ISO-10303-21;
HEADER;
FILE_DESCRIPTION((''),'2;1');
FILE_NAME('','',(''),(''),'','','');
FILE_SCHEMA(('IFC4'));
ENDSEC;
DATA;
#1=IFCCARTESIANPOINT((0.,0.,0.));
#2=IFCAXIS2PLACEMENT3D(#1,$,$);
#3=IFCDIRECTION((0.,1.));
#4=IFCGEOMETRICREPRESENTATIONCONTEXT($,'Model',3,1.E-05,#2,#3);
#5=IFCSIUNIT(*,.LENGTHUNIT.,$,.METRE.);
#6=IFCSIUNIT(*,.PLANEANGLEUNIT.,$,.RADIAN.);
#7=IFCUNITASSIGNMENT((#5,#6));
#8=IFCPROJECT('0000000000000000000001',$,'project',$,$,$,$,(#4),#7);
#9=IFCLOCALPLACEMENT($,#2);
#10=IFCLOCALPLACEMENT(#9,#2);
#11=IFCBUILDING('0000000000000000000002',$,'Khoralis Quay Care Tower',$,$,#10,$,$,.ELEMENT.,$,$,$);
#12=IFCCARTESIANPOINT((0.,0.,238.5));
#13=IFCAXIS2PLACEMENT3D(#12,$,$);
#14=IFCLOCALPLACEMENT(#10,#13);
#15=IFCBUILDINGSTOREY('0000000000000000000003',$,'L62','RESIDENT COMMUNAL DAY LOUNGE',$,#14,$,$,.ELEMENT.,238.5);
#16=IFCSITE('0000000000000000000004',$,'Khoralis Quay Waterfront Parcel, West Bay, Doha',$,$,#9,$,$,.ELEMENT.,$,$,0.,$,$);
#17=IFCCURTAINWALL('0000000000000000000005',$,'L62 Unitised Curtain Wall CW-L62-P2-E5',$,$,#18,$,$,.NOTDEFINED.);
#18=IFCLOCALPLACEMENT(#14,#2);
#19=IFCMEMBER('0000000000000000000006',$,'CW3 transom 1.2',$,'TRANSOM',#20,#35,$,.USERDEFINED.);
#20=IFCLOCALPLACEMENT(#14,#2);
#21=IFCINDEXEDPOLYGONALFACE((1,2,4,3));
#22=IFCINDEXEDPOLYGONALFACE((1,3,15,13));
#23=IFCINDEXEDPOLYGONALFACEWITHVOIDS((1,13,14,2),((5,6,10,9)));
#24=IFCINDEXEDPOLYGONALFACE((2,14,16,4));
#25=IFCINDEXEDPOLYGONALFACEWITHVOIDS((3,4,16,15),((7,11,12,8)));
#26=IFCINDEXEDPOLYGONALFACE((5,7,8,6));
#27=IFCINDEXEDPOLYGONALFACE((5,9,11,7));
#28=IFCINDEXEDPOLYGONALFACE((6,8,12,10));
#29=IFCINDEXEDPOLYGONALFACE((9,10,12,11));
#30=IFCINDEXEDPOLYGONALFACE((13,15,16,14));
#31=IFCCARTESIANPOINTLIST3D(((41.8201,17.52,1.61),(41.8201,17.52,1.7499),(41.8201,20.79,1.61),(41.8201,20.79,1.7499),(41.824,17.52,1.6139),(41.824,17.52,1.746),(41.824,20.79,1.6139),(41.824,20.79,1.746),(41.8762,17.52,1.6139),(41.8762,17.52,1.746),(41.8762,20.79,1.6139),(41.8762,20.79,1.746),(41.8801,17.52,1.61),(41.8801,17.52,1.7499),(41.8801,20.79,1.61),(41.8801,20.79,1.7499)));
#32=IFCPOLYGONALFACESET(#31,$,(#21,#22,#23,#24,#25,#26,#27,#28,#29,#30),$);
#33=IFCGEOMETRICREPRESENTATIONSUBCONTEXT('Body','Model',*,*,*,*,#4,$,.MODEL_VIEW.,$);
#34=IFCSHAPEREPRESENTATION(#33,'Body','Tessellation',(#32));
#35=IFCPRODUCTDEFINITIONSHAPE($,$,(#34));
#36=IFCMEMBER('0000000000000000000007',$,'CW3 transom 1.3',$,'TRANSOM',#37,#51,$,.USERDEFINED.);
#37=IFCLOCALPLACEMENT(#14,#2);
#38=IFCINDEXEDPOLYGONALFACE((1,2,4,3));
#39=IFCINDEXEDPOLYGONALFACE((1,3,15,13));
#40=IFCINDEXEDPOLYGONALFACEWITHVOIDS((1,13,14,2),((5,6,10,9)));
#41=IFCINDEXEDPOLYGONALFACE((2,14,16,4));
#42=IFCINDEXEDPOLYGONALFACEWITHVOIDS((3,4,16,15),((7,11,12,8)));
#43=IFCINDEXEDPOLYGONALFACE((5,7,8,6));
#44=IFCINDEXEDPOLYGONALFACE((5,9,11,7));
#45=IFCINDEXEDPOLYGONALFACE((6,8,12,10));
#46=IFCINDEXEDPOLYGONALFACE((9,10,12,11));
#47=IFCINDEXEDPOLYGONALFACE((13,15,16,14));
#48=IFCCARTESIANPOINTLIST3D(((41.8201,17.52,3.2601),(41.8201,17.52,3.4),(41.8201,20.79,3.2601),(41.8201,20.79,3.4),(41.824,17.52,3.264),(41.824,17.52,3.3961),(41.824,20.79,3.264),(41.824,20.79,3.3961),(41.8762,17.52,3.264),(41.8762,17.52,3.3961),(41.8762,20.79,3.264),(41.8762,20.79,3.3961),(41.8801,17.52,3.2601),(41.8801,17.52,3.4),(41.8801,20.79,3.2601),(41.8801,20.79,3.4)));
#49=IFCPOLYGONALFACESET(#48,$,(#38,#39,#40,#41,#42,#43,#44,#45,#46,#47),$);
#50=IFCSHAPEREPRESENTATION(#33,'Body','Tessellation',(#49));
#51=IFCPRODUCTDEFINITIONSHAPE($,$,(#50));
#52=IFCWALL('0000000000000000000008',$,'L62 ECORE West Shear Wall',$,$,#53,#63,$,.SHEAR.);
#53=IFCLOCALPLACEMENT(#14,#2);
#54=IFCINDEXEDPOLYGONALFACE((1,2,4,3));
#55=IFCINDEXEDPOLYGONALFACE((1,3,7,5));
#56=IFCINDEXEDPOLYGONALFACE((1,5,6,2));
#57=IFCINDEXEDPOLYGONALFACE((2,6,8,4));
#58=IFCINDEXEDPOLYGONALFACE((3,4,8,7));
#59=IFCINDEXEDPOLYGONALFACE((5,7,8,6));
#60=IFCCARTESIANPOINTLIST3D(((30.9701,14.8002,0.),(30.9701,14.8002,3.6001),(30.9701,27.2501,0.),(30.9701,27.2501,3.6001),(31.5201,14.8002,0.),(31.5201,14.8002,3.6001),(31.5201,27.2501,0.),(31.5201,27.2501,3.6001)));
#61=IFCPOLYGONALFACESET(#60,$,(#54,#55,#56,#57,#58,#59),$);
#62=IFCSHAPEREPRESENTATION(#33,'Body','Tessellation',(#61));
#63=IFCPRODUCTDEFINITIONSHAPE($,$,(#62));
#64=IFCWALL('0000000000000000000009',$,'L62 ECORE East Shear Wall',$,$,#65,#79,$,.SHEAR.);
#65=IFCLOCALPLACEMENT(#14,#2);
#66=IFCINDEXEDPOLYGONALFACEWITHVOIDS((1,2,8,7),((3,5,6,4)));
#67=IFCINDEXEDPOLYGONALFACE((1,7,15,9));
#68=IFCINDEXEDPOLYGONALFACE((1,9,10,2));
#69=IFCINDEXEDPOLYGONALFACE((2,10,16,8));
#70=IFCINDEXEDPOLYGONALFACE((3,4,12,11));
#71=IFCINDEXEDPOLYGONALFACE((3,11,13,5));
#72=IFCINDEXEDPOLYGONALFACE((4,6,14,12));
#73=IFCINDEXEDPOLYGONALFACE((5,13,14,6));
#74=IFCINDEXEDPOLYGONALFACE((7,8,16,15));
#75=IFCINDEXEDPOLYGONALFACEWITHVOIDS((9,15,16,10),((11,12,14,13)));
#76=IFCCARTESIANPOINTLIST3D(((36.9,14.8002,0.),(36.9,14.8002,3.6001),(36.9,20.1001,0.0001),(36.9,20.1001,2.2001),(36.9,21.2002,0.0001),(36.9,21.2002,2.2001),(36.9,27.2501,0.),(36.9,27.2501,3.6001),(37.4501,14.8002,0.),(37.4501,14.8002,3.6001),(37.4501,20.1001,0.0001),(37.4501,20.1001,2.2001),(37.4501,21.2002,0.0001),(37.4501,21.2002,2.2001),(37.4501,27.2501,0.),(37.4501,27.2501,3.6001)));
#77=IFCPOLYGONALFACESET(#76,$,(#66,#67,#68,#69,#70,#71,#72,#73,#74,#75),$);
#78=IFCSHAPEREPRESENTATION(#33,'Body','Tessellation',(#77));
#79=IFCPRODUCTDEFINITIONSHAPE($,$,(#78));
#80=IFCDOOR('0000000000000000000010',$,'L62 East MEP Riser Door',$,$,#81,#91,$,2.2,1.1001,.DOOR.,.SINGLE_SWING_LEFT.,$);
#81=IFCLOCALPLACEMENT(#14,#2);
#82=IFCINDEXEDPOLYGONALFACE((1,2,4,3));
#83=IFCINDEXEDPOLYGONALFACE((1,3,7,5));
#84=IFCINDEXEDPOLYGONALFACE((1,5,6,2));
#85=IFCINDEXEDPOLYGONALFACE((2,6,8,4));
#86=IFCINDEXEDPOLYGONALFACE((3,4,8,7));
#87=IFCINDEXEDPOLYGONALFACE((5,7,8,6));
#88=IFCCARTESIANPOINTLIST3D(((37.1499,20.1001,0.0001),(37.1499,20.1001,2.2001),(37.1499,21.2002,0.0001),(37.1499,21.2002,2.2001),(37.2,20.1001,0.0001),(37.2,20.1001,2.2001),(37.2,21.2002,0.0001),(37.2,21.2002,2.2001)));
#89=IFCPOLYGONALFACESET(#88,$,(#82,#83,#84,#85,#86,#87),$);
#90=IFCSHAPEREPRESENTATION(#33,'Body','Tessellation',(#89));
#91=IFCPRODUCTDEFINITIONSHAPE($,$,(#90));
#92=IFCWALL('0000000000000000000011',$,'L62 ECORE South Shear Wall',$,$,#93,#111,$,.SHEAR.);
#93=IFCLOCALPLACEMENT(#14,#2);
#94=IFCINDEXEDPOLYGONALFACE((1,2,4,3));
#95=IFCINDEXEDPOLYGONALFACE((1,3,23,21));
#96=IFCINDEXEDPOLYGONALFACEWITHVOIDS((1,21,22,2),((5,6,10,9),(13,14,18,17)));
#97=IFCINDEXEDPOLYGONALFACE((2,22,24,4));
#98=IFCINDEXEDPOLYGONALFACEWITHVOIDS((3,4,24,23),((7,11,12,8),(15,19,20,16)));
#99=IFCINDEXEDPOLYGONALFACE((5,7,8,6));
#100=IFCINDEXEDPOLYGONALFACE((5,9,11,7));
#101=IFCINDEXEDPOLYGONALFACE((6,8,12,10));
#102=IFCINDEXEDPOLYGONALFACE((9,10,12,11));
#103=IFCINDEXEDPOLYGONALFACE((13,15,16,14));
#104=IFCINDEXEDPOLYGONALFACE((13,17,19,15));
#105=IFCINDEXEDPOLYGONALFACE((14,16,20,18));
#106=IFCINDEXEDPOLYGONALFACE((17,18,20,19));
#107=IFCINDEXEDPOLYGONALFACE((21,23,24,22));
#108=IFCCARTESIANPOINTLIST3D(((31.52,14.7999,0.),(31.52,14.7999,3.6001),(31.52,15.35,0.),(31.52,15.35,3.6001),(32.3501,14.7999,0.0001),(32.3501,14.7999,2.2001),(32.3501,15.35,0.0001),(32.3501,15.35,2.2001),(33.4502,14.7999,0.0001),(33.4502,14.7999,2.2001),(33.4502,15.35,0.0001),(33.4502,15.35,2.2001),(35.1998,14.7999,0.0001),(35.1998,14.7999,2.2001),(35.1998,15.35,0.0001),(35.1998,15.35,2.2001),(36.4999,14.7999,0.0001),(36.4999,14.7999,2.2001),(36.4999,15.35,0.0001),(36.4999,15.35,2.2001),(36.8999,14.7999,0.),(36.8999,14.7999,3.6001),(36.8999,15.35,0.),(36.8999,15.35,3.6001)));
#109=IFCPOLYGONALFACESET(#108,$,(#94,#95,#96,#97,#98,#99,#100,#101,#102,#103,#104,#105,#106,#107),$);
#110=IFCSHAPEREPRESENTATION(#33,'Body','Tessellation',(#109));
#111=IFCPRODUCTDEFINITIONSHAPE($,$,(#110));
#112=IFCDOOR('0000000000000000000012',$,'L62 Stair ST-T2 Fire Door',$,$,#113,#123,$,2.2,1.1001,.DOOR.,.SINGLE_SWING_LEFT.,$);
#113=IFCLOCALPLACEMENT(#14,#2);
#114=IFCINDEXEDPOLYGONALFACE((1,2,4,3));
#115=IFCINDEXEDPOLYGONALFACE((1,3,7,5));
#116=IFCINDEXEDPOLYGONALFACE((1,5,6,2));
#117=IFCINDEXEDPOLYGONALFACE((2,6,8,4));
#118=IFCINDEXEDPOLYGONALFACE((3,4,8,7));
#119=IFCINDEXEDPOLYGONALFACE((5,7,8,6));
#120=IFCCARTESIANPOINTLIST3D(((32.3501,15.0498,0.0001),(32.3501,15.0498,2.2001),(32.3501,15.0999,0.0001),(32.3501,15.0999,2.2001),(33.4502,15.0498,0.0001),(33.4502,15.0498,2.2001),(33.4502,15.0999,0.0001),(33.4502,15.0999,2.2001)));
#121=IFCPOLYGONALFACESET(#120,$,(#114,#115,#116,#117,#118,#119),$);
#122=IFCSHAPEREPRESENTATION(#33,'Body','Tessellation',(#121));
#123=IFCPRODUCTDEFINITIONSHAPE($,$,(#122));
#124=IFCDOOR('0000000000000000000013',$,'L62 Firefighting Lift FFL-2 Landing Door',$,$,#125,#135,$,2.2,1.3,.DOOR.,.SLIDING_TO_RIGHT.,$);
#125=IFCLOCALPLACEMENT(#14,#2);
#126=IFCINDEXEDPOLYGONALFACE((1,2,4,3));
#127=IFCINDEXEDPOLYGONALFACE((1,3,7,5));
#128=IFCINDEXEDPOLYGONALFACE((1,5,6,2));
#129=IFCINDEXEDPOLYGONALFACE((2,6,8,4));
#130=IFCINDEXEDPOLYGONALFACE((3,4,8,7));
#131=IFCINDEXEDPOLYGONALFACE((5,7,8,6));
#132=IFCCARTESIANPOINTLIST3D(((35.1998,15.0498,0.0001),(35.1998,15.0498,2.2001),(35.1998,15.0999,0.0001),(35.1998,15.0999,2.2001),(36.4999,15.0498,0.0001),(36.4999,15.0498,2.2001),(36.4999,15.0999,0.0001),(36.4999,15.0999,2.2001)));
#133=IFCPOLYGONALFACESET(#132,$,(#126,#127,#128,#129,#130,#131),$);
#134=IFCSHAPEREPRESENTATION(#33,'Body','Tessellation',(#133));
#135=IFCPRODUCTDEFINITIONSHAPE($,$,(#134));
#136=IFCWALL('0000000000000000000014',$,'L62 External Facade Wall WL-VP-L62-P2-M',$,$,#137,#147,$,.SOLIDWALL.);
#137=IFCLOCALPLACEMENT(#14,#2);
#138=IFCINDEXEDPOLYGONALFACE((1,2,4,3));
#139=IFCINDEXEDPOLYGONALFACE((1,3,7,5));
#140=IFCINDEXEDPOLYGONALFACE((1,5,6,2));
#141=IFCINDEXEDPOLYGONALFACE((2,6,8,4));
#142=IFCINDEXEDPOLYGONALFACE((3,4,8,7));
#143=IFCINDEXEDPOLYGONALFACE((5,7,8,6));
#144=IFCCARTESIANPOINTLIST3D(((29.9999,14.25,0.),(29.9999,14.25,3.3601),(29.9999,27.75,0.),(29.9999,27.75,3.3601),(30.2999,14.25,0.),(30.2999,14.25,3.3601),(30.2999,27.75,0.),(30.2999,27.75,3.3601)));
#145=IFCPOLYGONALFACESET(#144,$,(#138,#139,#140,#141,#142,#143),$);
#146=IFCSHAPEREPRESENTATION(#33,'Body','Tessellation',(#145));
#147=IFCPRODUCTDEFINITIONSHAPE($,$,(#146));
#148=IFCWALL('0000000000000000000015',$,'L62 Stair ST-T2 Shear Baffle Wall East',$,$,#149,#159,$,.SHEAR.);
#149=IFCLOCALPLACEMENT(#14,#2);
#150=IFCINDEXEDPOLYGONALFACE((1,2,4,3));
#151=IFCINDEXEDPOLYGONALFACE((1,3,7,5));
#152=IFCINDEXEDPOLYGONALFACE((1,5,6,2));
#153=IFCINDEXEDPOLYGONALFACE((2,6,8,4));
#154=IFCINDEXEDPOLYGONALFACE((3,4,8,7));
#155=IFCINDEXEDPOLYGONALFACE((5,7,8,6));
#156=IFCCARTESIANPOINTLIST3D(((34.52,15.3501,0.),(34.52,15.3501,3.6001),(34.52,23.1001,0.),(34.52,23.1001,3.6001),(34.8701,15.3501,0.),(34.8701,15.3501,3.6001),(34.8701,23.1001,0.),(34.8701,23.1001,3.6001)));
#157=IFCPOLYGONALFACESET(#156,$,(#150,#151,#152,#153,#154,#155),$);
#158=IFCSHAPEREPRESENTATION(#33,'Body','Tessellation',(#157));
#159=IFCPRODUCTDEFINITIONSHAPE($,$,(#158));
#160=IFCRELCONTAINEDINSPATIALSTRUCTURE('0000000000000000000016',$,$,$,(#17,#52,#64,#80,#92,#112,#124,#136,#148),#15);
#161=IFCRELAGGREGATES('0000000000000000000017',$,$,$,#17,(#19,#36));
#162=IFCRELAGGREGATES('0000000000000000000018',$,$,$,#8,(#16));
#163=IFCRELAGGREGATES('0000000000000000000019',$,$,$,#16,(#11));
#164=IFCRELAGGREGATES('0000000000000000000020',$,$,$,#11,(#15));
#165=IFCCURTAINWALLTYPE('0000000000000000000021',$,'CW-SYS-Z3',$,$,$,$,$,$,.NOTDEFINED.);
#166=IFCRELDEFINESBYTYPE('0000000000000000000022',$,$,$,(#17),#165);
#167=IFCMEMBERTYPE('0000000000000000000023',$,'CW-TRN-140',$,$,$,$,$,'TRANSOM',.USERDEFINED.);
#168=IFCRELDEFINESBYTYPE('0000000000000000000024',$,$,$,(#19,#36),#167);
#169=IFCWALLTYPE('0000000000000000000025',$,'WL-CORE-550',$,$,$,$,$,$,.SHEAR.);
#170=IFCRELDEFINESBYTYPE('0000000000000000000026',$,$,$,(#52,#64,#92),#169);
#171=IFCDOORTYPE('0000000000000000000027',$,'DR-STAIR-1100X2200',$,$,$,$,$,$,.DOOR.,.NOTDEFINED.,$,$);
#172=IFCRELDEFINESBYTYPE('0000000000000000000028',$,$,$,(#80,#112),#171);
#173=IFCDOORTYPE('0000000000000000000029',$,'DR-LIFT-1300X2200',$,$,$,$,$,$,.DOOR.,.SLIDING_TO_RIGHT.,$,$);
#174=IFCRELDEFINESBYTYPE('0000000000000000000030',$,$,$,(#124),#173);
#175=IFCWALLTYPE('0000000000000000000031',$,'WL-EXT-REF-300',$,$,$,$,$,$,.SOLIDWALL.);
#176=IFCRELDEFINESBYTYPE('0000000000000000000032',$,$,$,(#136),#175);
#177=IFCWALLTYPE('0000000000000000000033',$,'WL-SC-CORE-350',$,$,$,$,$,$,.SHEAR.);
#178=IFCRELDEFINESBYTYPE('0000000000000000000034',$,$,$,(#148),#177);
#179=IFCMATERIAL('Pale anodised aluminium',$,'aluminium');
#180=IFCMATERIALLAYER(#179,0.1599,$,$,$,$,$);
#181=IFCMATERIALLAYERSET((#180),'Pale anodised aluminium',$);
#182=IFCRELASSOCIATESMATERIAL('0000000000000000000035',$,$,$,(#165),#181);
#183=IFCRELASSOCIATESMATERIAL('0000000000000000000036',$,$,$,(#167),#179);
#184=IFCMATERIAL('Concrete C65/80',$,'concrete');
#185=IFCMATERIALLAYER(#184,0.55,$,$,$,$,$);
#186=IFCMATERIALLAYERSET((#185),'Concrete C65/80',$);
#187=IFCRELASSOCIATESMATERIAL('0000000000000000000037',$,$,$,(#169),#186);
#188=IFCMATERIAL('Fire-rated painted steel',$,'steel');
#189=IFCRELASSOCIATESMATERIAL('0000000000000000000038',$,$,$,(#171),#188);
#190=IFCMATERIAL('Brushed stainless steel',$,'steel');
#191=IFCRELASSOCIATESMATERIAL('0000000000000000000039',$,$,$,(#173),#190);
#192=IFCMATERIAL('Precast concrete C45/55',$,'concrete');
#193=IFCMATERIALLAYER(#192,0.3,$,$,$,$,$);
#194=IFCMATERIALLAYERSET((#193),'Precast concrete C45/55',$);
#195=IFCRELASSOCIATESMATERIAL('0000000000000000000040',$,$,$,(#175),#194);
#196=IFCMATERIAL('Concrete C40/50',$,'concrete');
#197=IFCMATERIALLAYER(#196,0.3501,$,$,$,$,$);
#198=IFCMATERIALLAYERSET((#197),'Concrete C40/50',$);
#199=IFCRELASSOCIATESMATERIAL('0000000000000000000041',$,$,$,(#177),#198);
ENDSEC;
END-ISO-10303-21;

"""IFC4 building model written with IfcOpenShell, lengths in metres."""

from ifc_helpers import new_model, si_unit, direction, frame, frame_2d, origin, origin_2d, place, context, subcontext, project, spatial, rectangle, hollow_rectangle, extrude, source, transform, mapped, material, layer, layer_set, material_profile, profile_set, type_object, element, fill, aggregate, save


model = new_model("IFC4")

# Units and contexts
model_context = context("Model", 3, precision=1e-05, world=origin(), true_north=direction((0.0, 1.0)))
body_context = subcontext(model_context, "Body", "Model", "MODEL_VIEW")
ifc_project = project(units=[si_unit("LENGTHUNIT", "METRE"), si_unit("PLANEANGLEUNIT", "RADIAN")], contexts=[model_context])

# Site, building, storey
site_placement = place(None, origin())
site = spatial("IfcSite", under=ifc_project, at=site_placement, Name="Khoralis Quay Waterfront Parcel, West Bay, Doha", CompositionType="ELEMENT", RefElevation=0.0)
building_placement = place(site_placement, origin())
building = spatial("IfcBuilding", under=site, at=building_placement, Name="Khoralis Quay Care Tower", CompositionType="ELEMENT")
storey_placement = place(building_placement, frame((0.0, 0.0, 238.5)))
storey = spatial("IfcBuildingStorey", under=building, at=storey_placement, Name="L62", Description="RESIDENT COMMUNAL DAY LOUNGE", CompositionType="ELEMENT", Elevation=238.5)

# Shared definitions
ifc_material_1 = material(Name="Pale anodised aluminium", Category="aluminium")

# Curtain wall, members
ifc_layer_1 = layer(ifc_material_1, 0.1599)
ifc_layer_set_1 = layer_set([ifc_layer_1], Name="Pale anodised aluminium")
curtain_wall_type_1 = type_object("IfcCurtainWallType", Name="CW-SYS-Z3", PredefinedType="NOTDEFINED", material=ifc_layer_set_1)
curtain_wall_1_placement = place(storey_placement, origin())
curtain_wall_1 = element("IfcCurtainWall", 1, at=curtain_wall_1_placement, inside=storey, type_object=curtain_wall_type_1, Name="L62 Unitised Curtain Wall CW-L62-P2-E5", PredefinedType="NOTDEFINED")
ifc_material_profile_1 = material_profile(ifc_material_1, hollow_rectangle(XDim=0.0601, YDim=0.1399, WallThickness=0.0039, at=origin_2d()), Name="Pale anodised aluminium")
ifc_profile_set_1 = profile_set([ifc_material_profile_1], Name="Pale anodised aluminium")
member_type_1 = type_object("IfcMemberType", Name="CW-TRN-140", ElementType="TRANSOM", PredefinedType="USERDEFINED", material=ifc_profile_set_1)
shared_shape_1 = source(origin(), body_context, "Body", "SweptSolid", [
    extrude(hollow_rectangle(XDim=0.0601, YDim=0.1399, WallThickness=0.0039, at=origin_2d()), origin(), (0.0, 0.0, 1.0), 3.27),
])
member_1_placement = place(storey_placement, frame((41.8501, 17.52, 1.6799), z_axis=(0.0, 1.0, 0.0), x_axis=(-1.0, 0.0, 0.0)))
member_1 = element("IfcMember", 2, at=member_1_placement, type_object=member_type_1, Name="CW3 transom 1.2", ObjectType="TRANSOM", PredefinedType="USERDEFINED", context=body_context, shape_type="MappedRepresentation", body=[
    mapped(shared_shape_1, transform((0.0, 0.0, 0.0), scale=1.0)),
])
member_2_placement = place(storey_placement, frame((41.8501, 17.52, 3.3301), z_axis=(0.0, 1.0, 0.0), x_axis=(-1.0, 0.0, 0.0)))
member_2 = element("IfcMember", 3, at=member_2_placement, type_object=member_type_1, Name="CW3 transom 1.3", ObjectType="TRANSOM", PredefinedType="USERDEFINED", context=body_context, shape_type="MappedRepresentation", body=[
    mapped(shared_shape_1, transform((0.0, 0.0, 0.0), scale=1.0)),
])
aggregate(curtain_wall_1, [member_1, member_2])

# Wall
ifc_material_2 = material(Name="Concrete C65/80", Category="concrete")
ifc_layer_2 = layer(ifc_material_2, 0.55)
ifc_layer_set_2 = layer_set([ifc_layer_2], Name="Concrete C65/80")
wall_type_1 = type_object("IfcWallType", Name="WL-CORE-550", PredefinedType="SHEAR", material=ifc_layer_set_2)
wall_1_placement = place(storey_placement, frame((31.2451, 14.8, 0.0), z_axis=(0.0, 0.0, 1.0), x_axis=(0.0, 1.0, 0.0)))
element("IfcWall", 4, at=wall_1_placement, inside=storey, type_object=wall_type_1, Name="L62 ECORE West Shear Wall", PredefinedType="SHEAR", context=body_context, shape_type="SweptSolid", body=[
    extrude(rectangle(XDim=12.45, YDim=0.55, at=frame_2d((6.2251, 0.0))), origin(), (0.0, 0.0, 1.0), 3.6001),
])

# Wall, opening, door
wall_2_placement = place(storey_placement, frame((37.175, 14.8, 0.0), z_axis=(0.0, 0.0, 1.0), x_axis=(0.0, 1.0, 0.0)))
wall_2 = element("IfcWall", 5, at=wall_2_placement, inside=storey, type_object=wall_type_1, Name="L62 ECORE East Shear Wall", PredefinedType="SHEAR", context=body_context, shape_type="SweptSolid", body=[
    extrude(rectangle(XDim=12.45, YDim=0.55, at=frame_2d((6.2251, 0.0))), origin(), (0.0, 0.0, 1.0), 3.6001),
])
opening_1_placement = place(wall_2_placement, frame((5.3, 0.0, 0.0)))
opening_1 = element("IfcOpeningElement", 6, at=opening_1_placement, cuts=wall_2, PredefinedType="OPENING", context=body_context, shape_type="SweptSolid", body=[
    extrude(rectangle(XDim=1.1001, YDim=2.2, at=frame_2d((0.55, 1.1001))), frame((0.0, 0.2852, 0.0), z_axis=(0.0, -1.0, 0.0), x_axis=(1.0, 0.0, 0.0)), (0.0, 0.0, 1.0), 0.5701),
])
ifc_material_3 = material(Name="Fire-rated painted steel", Category="steel")
door_type_1 = type_object("IfcDoorType", Name="DR-STAIR-1100X2200", OperationType="NOTDEFINED", PredefinedType="DOOR", material=ifc_material_3)
shared_shape_2 = source(origin(), body_context, "Body", "SweptSolid", [
    extrude(rectangle(XDim=1.1001, YDim=2.2, at=frame_2d((0.55, 1.1001))), frame((0.0, 0.0249, 0.0), z_axis=(0.0, -1.0, 0.0), x_axis=(1.0, 0.0, 0.0)), (0.0, 0.0, 1.0), 0.05),
])
door_1_placement = place(opening_1_placement, frame((1.1001, 0.0, 0.0), z_axis=(0.0, 0.0, 1.0), x_axis=(-1.0, 0.0, 0.0)))
door_1 = element("IfcDoor", 7, at=door_1_placement, inside=storey, type_object=door_type_1, Name="L62 East MEP Riser Door", OperationType="SINGLE_SWING_LEFT", OverallHeight=2.2, OverallWidth=1.1001, PredefinedType="DOOR", context=body_context, shape_type="MappedRepresentation", body=[
    mapped(shared_shape_2, transform((0.0, 0.0, 0.0), scale=1.0)),
])
fill(opening_1, door_1)

# Wall, openings, doors
wall_3_placement = place(storey_placement, frame((31.52, 15.075, 0.0), z_axis=(0.0, 0.0, 1.0), x_axis=(1.0, 0.0, 0.0)))
wall_3 = element("IfcWall", 8, at=wall_3_placement, inside=storey, type_object=wall_type_1, Name="L62 ECORE South Shear Wall", PredefinedType="SHEAR", context=body_context, shape_type="SweptSolid", body=[
    extrude(rectangle(XDim=5.3799, YDim=0.55, at=frame_2d((2.6899, 0.0))), origin(), (0.0, 0.0, 1.0), 3.6001),
])
opening_2_placement = place(wall_3_placement, frame((0.8301, 0.0, 0.0)))
opening_2 = element("IfcOpeningElement", 9, at=opening_2_placement, cuts=wall_3, PredefinedType="OPENING", context=body_context, shape_type="SweptSolid", body=[
    extrude(rectangle(XDim=1.1001, YDim=2.2, at=frame_2d((0.55, 1.1001))), frame((0.0, 0.2852, 0.0), z_axis=(0.0, -1.0, 0.0), x_axis=(1.0, 0.0, 0.0)), (0.0, 0.0, 1.0), 0.5701),
])
opening_3_placement = place(wall_3_placement, frame((3.6799, 0.0, 0.0)))
opening_3 = element("IfcOpeningElement", 10, at=opening_3_placement, cuts=wall_3, PredefinedType="OPENING", context=body_context, shape_type="SweptSolid", body=[
    extrude(rectangle(XDim=1.3, YDim=2.2, at=frame_2d((0.6499, 1.1001))), frame((0.0, 0.2852, 0.0), z_axis=(0.0, -1.0, 0.0), x_axis=(1.0, 0.0, 0.0)), (0.0, 0.0, 1.0), 0.5701),
])
door_2_placement = place(opening_2_placement, origin())
door_2 = element("IfcDoor", 11, at=door_2_placement, inside=storey, type_object=door_type_1, Name="L62 Stair ST-T2 Fire Door", OperationType="SINGLE_SWING_LEFT", OverallHeight=2.2, OverallWidth=1.1001, PredefinedType="DOOR", context=body_context, shape_type="MappedRepresentation", body=[
    mapped(shared_shape_2, transform((0.0, 0.0, 0.0), scale=1.0)),
])
fill(opening_2, door_2)
ifc_material_4 = material(Name="Brushed stainless steel", Category="steel")
door_type_2 = type_object("IfcDoorType", Name="DR-LIFT-1300X2200", OperationType="SLIDING_TO_RIGHT", PredefinedType="DOOR", material=ifc_material_4)
shared_shape_3 = source(origin(), body_context, "Body", "SweptSolid", [
    extrude(rectangle(XDim=1.3, YDim=2.2, at=frame_2d((0.6499, 1.1001))), frame((0.0, 0.0249, 0.0), z_axis=(0.0, -1.0, 0.0), x_axis=(1.0, 0.0, 0.0)), (0.0, 0.0, 1.0), 0.05),
])
door_3_placement = place(opening_3_placement, origin())
door_3 = element("IfcDoor", 12, at=door_3_placement, inside=storey, type_object=door_type_2, Name="L62 Firefighting Lift FFL-2 Landing Door", OperationType="SLIDING_TO_RIGHT", OverallHeight=2.2, OverallWidth=1.3, PredefinedType="DOOR", context=body_context, shape_type="MappedRepresentation", body=[
    mapped(shared_shape_3, transform((0.0, 0.0, 0.0), scale=1.0)),
])
fill(opening_3, door_3)

# Walls
ifc_material_5 = material(Name="Precast concrete C45/55", Category="concrete")
ifc_layer_3 = layer(ifc_material_5, 0.3)
ifc_layer_set_3 = layer_set([ifc_layer_3], Name="Precast concrete C45/55")
wall_type_2 = type_object("IfcWallType", Name="WL-EXT-REF-300", PredefinedType="SOLIDWALL", material=ifc_layer_set_3)
wall_4_placement = place(storey_placement, frame((30.1499, 14.25, 0.0), z_axis=(0.0, 0.0, 1.0), x_axis=(0.0, 1.0, 0.0)))
element("IfcWall", 13, at=wall_4_placement, inside=storey, type_object=wall_type_2, Name="L62 External Facade Wall WL-VP-L62-P2-M", PredefinedType="SOLIDWALL", context=body_context, shape_type="SweptSolid", body=[
    extrude(rectangle(XDim=13.5, YDim=0.3, at=frame_2d((6.75, 0.0))), origin(), (0.0, 0.0, 1.0), 3.3601),
])
ifc_material_6 = material(Name="Concrete C40/50", Category="concrete")
ifc_layer_4 = layer(ifc_material_6, 0.3501)
ifc_layer_set_4 = layer_set([ifc_layer_4], Name="Concrete C40/50")
wall_type_3 = type_object("IfcWallType", Name="WL-SC-CORE-350", PredefinedType="SHEAR", material=ifc_layer_set_4)
wall_5_placement = place(storey_placement, frame((34.6951, 15.3501, 0.0), z_axis=(0.0, 0.0, 1.0), x_axis=(0.0, 1.0, 0.0)))
element("IfcWall", 14, at=wall_5_placement, inside=storey, type_object=wall_type_3, Name="L62 Stair ST-T2 Shear Baffle Wall East", PredefinedType="SHEAR", context=body_context, shape_type="SweptSolid", body=[
    extrude(rectangle(XDim=7.75, YDim=0.3501, at=frame_2d((3.875, 0.0))), origin(), (0.0, 0.0, 1.0), 3.6001),
])

save(model, "model.ifc")
